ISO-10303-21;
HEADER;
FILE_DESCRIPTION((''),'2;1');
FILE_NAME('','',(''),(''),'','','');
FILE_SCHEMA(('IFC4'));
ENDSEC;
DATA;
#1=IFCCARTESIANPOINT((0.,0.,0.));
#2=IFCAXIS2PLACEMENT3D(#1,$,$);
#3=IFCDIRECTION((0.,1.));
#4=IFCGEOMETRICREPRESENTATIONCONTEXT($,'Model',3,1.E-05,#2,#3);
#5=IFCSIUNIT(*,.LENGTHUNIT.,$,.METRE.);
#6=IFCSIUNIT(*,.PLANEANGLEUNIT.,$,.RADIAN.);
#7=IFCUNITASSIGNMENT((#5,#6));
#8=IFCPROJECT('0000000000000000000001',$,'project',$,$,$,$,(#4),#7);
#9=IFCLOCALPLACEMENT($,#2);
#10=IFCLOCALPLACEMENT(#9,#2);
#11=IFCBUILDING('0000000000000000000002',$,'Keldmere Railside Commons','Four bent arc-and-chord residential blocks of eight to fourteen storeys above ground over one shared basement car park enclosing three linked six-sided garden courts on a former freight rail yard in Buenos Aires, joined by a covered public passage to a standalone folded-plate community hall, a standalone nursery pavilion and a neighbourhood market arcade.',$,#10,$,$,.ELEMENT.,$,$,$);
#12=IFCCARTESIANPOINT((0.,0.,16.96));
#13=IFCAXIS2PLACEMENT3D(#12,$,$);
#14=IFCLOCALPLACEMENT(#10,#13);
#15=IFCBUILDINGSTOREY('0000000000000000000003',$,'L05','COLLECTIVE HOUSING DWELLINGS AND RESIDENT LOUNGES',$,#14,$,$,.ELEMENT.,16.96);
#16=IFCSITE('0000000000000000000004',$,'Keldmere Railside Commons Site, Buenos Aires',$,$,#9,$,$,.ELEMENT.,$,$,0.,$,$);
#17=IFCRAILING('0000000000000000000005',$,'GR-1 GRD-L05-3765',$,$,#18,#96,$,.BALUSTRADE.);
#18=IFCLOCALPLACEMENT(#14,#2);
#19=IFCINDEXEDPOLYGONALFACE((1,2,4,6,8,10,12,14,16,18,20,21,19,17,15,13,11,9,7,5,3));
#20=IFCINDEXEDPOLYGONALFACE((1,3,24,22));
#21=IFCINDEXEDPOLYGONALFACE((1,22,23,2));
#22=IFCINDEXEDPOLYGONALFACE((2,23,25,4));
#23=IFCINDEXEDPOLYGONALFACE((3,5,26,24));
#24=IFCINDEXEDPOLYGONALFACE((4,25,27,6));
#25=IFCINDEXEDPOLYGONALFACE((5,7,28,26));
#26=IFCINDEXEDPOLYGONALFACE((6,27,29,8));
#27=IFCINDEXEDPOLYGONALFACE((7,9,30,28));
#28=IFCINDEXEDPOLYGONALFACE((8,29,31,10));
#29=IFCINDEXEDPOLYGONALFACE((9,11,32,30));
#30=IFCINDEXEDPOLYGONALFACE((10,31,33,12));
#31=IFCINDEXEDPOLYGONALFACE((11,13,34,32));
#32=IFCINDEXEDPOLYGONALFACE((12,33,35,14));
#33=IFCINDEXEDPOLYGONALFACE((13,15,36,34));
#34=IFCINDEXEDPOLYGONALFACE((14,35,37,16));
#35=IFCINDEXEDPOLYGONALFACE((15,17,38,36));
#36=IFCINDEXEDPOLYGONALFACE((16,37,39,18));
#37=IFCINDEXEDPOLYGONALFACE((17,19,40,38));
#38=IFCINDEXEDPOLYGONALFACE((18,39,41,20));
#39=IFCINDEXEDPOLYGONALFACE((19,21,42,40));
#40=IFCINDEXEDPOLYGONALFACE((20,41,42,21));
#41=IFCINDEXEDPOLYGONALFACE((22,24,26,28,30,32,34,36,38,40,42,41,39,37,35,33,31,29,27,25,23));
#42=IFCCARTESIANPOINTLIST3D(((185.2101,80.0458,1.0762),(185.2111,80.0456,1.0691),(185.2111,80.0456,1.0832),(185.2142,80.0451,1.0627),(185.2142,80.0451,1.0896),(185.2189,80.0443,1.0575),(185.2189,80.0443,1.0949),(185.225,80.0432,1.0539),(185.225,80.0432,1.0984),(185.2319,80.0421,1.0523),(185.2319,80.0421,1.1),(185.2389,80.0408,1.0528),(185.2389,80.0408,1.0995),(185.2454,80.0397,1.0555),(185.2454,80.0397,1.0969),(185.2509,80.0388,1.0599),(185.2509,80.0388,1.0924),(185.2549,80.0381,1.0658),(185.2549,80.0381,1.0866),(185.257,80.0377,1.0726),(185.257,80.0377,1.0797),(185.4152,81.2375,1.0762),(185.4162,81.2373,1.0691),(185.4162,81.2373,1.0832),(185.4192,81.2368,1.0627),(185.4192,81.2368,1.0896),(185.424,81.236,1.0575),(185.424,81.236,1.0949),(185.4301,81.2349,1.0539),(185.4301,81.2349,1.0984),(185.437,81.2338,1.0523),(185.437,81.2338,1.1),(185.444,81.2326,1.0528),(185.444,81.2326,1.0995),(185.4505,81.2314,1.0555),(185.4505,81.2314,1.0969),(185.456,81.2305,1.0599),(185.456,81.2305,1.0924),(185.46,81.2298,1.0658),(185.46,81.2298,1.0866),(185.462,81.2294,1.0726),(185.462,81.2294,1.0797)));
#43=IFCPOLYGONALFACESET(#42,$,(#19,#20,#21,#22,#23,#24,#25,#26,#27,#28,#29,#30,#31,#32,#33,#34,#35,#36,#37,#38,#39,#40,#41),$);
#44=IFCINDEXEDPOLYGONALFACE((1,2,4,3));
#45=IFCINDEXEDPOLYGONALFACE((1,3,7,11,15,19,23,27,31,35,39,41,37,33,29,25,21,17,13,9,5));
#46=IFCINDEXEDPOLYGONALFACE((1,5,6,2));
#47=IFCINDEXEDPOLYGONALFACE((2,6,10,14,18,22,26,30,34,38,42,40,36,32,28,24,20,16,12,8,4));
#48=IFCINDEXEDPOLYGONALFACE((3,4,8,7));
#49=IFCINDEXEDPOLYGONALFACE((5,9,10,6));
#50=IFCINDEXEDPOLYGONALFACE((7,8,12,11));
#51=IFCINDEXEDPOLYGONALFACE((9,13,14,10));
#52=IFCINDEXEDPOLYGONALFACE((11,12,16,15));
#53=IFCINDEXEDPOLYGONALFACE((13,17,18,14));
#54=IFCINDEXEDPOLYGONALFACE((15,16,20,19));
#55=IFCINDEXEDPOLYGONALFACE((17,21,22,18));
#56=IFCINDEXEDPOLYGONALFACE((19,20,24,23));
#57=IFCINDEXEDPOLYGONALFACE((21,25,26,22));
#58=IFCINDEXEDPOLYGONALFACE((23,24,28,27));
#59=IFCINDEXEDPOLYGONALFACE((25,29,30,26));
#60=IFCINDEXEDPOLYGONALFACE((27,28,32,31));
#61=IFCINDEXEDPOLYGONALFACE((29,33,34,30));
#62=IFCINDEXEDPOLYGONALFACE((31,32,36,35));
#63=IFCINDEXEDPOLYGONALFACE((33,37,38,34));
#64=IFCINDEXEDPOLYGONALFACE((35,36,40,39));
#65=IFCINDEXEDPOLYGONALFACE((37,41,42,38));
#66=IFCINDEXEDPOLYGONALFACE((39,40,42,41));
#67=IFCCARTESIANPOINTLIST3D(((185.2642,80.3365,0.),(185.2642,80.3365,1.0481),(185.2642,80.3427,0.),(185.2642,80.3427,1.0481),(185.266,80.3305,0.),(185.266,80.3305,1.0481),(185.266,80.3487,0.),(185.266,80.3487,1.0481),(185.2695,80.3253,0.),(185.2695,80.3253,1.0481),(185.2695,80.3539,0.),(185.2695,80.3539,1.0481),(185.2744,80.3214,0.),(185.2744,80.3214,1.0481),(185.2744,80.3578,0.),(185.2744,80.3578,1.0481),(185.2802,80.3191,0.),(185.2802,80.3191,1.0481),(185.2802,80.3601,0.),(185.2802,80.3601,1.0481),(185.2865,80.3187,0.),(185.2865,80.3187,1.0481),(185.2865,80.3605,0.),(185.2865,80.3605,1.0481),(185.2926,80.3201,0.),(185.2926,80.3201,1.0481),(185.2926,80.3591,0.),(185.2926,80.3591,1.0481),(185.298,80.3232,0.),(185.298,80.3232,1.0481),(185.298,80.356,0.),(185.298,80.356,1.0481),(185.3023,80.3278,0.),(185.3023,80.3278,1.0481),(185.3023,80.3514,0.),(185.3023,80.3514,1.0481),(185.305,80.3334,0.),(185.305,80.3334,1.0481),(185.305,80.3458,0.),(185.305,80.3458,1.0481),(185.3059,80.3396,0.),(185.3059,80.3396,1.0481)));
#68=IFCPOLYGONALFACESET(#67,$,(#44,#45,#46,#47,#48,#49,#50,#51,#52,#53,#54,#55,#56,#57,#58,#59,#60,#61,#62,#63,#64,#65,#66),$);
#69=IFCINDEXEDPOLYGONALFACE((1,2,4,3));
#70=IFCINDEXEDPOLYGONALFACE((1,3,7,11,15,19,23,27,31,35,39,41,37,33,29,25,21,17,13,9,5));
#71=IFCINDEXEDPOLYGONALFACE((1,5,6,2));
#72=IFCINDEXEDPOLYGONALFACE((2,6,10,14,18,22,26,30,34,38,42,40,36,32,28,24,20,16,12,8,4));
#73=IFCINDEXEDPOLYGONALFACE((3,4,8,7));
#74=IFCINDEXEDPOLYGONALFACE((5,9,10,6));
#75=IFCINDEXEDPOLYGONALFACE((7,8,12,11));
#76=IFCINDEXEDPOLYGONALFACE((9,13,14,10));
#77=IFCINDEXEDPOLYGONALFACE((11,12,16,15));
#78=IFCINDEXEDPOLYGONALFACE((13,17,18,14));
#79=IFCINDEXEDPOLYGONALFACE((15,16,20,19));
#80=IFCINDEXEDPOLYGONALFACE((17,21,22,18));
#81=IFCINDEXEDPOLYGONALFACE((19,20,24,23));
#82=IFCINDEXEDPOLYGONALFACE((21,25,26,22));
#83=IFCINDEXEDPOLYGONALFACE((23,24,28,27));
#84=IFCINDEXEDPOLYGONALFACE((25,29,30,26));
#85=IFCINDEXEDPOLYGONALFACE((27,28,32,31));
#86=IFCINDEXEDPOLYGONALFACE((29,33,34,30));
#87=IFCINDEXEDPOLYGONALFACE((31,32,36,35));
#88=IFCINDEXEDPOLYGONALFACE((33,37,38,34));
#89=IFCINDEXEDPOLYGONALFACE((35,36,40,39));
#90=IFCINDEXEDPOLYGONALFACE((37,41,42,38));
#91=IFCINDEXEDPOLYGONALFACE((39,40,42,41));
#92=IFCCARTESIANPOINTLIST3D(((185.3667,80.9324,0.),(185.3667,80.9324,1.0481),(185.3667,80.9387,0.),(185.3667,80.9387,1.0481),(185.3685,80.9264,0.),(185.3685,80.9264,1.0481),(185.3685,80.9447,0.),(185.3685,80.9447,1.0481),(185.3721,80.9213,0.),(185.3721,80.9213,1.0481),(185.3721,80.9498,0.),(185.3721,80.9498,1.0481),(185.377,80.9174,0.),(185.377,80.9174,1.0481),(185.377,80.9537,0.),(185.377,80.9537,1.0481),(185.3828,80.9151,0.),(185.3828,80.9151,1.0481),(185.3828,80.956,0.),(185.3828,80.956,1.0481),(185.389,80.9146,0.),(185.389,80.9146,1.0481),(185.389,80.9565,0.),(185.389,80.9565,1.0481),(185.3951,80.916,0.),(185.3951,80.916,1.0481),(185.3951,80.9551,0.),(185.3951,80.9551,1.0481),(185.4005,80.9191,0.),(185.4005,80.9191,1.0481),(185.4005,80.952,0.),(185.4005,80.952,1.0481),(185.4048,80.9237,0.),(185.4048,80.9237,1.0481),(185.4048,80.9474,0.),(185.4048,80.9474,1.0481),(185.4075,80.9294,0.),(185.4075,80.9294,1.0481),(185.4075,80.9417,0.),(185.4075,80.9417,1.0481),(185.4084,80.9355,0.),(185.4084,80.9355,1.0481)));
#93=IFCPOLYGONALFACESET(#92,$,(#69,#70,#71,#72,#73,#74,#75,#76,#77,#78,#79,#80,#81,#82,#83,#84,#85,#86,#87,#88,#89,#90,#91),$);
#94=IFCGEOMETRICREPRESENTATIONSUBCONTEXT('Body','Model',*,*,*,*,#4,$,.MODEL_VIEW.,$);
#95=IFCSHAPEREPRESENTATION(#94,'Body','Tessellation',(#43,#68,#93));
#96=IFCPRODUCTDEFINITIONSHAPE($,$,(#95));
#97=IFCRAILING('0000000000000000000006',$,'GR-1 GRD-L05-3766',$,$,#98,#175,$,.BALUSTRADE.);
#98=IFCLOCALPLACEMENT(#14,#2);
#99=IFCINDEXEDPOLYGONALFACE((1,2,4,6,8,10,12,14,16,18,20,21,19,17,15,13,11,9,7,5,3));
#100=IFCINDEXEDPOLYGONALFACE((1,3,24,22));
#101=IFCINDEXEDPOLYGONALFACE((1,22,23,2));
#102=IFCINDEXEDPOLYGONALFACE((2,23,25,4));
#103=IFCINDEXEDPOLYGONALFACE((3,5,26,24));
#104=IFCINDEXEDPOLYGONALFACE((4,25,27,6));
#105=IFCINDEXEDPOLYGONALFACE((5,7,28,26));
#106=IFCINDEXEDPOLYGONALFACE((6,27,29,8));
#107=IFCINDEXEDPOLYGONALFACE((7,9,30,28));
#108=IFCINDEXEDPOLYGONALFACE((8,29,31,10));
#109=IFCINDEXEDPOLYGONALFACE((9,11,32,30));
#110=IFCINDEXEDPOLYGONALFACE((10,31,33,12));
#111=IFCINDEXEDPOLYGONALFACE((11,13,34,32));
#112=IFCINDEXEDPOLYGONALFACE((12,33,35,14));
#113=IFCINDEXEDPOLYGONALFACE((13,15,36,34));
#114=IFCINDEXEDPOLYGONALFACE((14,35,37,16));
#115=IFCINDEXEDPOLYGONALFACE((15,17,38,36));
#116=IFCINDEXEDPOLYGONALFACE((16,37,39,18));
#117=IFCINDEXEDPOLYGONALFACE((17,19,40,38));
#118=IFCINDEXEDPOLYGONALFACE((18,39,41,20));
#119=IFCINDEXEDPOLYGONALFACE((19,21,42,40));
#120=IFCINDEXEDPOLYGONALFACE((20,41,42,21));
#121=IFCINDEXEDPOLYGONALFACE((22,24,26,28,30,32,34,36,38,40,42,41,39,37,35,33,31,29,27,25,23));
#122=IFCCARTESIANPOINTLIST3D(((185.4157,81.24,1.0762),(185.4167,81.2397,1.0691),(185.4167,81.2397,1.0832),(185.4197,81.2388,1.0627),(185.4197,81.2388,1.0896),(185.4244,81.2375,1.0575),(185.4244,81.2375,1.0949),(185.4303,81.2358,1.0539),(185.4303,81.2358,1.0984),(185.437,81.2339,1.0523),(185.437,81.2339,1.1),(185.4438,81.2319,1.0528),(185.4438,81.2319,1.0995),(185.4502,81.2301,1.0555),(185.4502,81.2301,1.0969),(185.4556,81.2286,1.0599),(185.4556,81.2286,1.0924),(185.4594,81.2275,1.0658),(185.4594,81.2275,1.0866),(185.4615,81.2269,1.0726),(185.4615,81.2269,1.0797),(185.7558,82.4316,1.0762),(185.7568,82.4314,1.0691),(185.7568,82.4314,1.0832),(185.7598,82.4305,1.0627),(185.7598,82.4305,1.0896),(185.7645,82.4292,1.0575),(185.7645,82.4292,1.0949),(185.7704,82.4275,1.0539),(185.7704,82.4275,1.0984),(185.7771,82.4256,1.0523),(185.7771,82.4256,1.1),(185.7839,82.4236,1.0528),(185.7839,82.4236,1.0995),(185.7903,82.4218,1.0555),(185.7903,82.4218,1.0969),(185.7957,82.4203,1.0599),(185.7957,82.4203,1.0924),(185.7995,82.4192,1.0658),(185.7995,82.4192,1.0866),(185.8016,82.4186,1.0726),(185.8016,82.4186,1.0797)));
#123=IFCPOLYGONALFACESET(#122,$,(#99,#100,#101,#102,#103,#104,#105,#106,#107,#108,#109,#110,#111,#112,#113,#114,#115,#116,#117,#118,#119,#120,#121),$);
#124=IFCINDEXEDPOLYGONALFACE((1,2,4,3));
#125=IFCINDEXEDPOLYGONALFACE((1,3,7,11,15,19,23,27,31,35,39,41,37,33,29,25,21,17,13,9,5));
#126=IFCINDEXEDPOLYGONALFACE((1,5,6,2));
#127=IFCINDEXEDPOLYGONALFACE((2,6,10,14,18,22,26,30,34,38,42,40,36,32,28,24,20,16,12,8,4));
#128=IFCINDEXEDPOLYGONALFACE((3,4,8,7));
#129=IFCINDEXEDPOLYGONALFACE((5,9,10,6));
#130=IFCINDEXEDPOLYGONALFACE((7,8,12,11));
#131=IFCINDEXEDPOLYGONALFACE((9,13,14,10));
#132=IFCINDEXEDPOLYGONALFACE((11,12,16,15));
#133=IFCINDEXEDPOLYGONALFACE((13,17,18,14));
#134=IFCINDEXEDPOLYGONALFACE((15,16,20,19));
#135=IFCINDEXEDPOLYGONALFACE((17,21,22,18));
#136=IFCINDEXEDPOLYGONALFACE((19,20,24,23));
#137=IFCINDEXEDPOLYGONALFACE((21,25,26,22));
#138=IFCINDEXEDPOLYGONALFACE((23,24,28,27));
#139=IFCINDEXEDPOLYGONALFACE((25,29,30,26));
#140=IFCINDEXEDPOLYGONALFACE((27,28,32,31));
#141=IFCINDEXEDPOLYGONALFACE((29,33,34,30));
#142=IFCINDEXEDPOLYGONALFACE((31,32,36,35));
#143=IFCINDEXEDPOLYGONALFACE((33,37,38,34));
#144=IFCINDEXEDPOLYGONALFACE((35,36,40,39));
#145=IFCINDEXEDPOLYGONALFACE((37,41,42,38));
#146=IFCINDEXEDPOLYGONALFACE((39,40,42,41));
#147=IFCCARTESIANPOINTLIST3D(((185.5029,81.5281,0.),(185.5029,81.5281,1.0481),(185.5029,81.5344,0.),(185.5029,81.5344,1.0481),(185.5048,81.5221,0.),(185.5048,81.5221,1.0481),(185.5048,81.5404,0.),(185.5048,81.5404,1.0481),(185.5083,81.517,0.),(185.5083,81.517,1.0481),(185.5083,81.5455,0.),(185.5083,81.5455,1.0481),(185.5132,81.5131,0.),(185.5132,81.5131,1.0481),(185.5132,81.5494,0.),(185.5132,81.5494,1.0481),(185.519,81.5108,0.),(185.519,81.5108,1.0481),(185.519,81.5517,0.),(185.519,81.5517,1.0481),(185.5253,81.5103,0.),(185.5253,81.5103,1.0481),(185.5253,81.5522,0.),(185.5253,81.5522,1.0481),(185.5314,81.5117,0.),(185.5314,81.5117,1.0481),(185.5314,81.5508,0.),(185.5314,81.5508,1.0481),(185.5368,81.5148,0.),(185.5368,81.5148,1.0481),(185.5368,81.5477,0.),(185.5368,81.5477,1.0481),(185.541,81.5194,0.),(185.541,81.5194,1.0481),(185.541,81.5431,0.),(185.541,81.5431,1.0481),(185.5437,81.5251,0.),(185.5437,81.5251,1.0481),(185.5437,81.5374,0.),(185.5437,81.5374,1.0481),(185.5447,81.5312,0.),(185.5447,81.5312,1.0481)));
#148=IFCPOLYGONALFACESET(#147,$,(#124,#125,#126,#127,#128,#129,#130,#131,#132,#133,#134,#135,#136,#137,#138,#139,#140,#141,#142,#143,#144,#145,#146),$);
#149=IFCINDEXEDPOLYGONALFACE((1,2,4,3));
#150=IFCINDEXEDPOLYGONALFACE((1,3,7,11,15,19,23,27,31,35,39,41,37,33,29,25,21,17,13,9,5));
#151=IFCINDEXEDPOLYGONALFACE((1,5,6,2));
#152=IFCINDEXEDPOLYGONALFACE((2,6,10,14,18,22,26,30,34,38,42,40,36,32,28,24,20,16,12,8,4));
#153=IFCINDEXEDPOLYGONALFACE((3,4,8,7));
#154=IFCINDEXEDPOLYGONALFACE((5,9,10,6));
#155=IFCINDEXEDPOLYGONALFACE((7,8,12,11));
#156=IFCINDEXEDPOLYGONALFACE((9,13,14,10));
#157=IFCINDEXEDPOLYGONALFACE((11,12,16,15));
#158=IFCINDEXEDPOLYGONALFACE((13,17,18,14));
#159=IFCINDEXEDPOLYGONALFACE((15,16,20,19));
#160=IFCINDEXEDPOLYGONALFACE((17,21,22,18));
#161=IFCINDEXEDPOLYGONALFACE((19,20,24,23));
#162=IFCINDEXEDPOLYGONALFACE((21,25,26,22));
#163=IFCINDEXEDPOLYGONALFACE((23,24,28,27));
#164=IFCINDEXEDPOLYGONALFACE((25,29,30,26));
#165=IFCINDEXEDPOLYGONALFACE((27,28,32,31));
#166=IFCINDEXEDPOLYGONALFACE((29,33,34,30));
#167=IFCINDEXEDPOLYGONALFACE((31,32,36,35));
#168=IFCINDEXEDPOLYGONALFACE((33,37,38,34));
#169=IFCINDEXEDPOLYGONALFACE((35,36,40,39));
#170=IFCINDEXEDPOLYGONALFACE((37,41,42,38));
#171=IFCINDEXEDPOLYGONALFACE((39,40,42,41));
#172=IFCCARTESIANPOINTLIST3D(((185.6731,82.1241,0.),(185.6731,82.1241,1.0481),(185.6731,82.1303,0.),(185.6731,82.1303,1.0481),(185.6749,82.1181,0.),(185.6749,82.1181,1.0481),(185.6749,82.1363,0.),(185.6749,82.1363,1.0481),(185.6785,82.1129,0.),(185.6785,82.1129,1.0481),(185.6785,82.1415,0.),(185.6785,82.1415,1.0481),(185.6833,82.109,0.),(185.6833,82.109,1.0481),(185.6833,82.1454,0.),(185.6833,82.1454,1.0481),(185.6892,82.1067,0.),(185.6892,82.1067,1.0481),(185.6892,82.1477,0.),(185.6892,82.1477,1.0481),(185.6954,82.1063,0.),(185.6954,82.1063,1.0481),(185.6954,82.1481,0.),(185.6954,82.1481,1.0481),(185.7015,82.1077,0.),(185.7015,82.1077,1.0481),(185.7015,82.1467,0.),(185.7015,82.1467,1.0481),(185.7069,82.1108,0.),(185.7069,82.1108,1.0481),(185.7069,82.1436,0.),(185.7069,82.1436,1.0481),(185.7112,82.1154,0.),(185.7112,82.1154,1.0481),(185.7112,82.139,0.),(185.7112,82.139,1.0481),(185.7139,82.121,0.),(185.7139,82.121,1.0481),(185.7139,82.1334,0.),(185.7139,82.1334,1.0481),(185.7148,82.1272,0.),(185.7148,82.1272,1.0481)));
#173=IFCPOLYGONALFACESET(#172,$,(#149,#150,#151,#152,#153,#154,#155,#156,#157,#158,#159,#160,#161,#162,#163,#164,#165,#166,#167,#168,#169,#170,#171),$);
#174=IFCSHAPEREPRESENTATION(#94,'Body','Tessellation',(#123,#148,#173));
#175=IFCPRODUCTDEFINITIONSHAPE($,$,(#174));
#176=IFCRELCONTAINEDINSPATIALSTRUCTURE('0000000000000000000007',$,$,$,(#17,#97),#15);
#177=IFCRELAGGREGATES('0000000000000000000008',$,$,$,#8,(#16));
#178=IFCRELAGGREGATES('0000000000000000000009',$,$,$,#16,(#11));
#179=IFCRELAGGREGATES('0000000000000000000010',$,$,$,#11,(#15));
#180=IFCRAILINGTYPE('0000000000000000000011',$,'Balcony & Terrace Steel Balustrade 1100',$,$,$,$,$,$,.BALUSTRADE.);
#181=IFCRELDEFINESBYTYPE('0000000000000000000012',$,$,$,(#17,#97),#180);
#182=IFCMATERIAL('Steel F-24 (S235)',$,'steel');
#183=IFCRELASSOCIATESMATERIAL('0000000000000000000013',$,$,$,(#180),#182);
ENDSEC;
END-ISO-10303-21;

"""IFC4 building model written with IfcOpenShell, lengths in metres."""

from ifc_helpers import new_model, si_unit, direction, frame, origin, origin_2d, place, context, subcontext, project, spatial, circle, extrude, material, type_object, element, save


model = new_model("IFC4")

# Units and contexts
model_context = context("Model", 3, precision=1e-05, world=origin(), true_north=direction((0.0, 1.0)))
body_context = subcontext(model_context, "Body", "Model", "MODEL_VIEW")
ifc_project = project(units=[si_unit("LENGTHUNIT", "METRE"), si_unit("PLANEANGLEUNIT", "RADIAN")], contexts=[model_context])

# Site, building, storey
site_placement = place(None, origin())
site = spatial("IfcSite", under=ifc_project, at=site_placement, Name="Keldmere Railside Commons Site, Buenos Aires", CompositionType="ELEMENT", RefElevation=0.0)
building_placement = place(site_placement, origin())
building = spatial("IfcBuilding", under=site, at=building_placement, Name="Keldmere Railside Commons", Description="Four bent arc-and-chord residential blocks of eight to fourteen storeys above ground over one shared basement car park enclosing three linked six-sided garden courts on a former freight rail yard in Buenos Aires, joined by a covered public passage to a standalone folded-plate community hall, a standalone nursery pavilion and a neighbourhood market arcade.", CompositionType="ELEMENT")
storey_placement = place(building_placement, frame((0.0, 0.0, 16.96)))
storey = spatial("IfcBuildingStorey", under=building, at=storey_placement, Name="L05", Description="COLLECTIVE HOUSING DWELLINGS AND RESIDENT LOUNGES", CompositionType="ELEMENT", Elevation=16.96)

# Railings
ifc_material_1 = material(Name="Steel F-24 (S235)", Category="steel")
railing_type = type_object("IfcRailingType", Name="Balcony & Terrace Steel Balustrade 1100", PredefinedType="BALUSTRADE", material=ifc_material_1)
railing_1_placement = place(storey_placement, frame((185.2336, 80.0417, 0.0)))
element("IfcRailing", 1, at=railing_1_placement, inside=storey, type_object=railing_type, Name="GR-1 GRD-L05-3765", PredefinedType="BALUSTRADE", context=body_context, shape_type="SweptSolid", body=[
    extrude(circle(Radius=0.0239, at=origin_2d()), frame((0.0, 0.0, 1.0762), z_axis=(0.169603, 0.985513, 0.0), x_axis=(-0.985513, 0.169603, 0.0)), (0.0, 0.0, 1.0), 1.2092),
    extrude(circle(Radius=0.021, at=origin_2d()), frame((0.0513, 0.2979, 0.0)), (0.0, 0.0, 1.0), 1.0481),
    extrude(circle(Radius=0.021, at=origin_2d()), frame((0.1538, 0.8938, 0.0)), (0.0, 0.0, 1.0), 1.0481),
])
railing_2_placement = place(storey_placement, frame((185.4387, 81.2334, 0.0)))
element("IfcRailing", 2, at=railing_2_placement, inside=storey, type_object=railing_type, Name="GR-1 GRD-L05-3766", PredefinedType="BALUSTRADE", context=body_context, shape_type="SweptSolid", body=[
    extrude(circle(Radius=0.0239, at=origin_2d()), frame((0.0, 0.0, 1.0762), z_axis=(0.274435, 0.961606, 0.0), x_axis=(-0.961606, 0.274435, 0.0)), (0.0, 0.0, 1.0), 1.2393),
    extrude(circle(Radius=0.021, at=origin_2d()), frame((0.085, 0.2979, 0.0)), (0.0, 0.0, 1.0), 1.0481),
    extrude(circle(Radius=0.021, at=origin_2d()), frame((0.2551, 0.8938, 0.0)), (0.0, 0.0, 1.0), 1.0481),
])

save(model, "model.ifc")
